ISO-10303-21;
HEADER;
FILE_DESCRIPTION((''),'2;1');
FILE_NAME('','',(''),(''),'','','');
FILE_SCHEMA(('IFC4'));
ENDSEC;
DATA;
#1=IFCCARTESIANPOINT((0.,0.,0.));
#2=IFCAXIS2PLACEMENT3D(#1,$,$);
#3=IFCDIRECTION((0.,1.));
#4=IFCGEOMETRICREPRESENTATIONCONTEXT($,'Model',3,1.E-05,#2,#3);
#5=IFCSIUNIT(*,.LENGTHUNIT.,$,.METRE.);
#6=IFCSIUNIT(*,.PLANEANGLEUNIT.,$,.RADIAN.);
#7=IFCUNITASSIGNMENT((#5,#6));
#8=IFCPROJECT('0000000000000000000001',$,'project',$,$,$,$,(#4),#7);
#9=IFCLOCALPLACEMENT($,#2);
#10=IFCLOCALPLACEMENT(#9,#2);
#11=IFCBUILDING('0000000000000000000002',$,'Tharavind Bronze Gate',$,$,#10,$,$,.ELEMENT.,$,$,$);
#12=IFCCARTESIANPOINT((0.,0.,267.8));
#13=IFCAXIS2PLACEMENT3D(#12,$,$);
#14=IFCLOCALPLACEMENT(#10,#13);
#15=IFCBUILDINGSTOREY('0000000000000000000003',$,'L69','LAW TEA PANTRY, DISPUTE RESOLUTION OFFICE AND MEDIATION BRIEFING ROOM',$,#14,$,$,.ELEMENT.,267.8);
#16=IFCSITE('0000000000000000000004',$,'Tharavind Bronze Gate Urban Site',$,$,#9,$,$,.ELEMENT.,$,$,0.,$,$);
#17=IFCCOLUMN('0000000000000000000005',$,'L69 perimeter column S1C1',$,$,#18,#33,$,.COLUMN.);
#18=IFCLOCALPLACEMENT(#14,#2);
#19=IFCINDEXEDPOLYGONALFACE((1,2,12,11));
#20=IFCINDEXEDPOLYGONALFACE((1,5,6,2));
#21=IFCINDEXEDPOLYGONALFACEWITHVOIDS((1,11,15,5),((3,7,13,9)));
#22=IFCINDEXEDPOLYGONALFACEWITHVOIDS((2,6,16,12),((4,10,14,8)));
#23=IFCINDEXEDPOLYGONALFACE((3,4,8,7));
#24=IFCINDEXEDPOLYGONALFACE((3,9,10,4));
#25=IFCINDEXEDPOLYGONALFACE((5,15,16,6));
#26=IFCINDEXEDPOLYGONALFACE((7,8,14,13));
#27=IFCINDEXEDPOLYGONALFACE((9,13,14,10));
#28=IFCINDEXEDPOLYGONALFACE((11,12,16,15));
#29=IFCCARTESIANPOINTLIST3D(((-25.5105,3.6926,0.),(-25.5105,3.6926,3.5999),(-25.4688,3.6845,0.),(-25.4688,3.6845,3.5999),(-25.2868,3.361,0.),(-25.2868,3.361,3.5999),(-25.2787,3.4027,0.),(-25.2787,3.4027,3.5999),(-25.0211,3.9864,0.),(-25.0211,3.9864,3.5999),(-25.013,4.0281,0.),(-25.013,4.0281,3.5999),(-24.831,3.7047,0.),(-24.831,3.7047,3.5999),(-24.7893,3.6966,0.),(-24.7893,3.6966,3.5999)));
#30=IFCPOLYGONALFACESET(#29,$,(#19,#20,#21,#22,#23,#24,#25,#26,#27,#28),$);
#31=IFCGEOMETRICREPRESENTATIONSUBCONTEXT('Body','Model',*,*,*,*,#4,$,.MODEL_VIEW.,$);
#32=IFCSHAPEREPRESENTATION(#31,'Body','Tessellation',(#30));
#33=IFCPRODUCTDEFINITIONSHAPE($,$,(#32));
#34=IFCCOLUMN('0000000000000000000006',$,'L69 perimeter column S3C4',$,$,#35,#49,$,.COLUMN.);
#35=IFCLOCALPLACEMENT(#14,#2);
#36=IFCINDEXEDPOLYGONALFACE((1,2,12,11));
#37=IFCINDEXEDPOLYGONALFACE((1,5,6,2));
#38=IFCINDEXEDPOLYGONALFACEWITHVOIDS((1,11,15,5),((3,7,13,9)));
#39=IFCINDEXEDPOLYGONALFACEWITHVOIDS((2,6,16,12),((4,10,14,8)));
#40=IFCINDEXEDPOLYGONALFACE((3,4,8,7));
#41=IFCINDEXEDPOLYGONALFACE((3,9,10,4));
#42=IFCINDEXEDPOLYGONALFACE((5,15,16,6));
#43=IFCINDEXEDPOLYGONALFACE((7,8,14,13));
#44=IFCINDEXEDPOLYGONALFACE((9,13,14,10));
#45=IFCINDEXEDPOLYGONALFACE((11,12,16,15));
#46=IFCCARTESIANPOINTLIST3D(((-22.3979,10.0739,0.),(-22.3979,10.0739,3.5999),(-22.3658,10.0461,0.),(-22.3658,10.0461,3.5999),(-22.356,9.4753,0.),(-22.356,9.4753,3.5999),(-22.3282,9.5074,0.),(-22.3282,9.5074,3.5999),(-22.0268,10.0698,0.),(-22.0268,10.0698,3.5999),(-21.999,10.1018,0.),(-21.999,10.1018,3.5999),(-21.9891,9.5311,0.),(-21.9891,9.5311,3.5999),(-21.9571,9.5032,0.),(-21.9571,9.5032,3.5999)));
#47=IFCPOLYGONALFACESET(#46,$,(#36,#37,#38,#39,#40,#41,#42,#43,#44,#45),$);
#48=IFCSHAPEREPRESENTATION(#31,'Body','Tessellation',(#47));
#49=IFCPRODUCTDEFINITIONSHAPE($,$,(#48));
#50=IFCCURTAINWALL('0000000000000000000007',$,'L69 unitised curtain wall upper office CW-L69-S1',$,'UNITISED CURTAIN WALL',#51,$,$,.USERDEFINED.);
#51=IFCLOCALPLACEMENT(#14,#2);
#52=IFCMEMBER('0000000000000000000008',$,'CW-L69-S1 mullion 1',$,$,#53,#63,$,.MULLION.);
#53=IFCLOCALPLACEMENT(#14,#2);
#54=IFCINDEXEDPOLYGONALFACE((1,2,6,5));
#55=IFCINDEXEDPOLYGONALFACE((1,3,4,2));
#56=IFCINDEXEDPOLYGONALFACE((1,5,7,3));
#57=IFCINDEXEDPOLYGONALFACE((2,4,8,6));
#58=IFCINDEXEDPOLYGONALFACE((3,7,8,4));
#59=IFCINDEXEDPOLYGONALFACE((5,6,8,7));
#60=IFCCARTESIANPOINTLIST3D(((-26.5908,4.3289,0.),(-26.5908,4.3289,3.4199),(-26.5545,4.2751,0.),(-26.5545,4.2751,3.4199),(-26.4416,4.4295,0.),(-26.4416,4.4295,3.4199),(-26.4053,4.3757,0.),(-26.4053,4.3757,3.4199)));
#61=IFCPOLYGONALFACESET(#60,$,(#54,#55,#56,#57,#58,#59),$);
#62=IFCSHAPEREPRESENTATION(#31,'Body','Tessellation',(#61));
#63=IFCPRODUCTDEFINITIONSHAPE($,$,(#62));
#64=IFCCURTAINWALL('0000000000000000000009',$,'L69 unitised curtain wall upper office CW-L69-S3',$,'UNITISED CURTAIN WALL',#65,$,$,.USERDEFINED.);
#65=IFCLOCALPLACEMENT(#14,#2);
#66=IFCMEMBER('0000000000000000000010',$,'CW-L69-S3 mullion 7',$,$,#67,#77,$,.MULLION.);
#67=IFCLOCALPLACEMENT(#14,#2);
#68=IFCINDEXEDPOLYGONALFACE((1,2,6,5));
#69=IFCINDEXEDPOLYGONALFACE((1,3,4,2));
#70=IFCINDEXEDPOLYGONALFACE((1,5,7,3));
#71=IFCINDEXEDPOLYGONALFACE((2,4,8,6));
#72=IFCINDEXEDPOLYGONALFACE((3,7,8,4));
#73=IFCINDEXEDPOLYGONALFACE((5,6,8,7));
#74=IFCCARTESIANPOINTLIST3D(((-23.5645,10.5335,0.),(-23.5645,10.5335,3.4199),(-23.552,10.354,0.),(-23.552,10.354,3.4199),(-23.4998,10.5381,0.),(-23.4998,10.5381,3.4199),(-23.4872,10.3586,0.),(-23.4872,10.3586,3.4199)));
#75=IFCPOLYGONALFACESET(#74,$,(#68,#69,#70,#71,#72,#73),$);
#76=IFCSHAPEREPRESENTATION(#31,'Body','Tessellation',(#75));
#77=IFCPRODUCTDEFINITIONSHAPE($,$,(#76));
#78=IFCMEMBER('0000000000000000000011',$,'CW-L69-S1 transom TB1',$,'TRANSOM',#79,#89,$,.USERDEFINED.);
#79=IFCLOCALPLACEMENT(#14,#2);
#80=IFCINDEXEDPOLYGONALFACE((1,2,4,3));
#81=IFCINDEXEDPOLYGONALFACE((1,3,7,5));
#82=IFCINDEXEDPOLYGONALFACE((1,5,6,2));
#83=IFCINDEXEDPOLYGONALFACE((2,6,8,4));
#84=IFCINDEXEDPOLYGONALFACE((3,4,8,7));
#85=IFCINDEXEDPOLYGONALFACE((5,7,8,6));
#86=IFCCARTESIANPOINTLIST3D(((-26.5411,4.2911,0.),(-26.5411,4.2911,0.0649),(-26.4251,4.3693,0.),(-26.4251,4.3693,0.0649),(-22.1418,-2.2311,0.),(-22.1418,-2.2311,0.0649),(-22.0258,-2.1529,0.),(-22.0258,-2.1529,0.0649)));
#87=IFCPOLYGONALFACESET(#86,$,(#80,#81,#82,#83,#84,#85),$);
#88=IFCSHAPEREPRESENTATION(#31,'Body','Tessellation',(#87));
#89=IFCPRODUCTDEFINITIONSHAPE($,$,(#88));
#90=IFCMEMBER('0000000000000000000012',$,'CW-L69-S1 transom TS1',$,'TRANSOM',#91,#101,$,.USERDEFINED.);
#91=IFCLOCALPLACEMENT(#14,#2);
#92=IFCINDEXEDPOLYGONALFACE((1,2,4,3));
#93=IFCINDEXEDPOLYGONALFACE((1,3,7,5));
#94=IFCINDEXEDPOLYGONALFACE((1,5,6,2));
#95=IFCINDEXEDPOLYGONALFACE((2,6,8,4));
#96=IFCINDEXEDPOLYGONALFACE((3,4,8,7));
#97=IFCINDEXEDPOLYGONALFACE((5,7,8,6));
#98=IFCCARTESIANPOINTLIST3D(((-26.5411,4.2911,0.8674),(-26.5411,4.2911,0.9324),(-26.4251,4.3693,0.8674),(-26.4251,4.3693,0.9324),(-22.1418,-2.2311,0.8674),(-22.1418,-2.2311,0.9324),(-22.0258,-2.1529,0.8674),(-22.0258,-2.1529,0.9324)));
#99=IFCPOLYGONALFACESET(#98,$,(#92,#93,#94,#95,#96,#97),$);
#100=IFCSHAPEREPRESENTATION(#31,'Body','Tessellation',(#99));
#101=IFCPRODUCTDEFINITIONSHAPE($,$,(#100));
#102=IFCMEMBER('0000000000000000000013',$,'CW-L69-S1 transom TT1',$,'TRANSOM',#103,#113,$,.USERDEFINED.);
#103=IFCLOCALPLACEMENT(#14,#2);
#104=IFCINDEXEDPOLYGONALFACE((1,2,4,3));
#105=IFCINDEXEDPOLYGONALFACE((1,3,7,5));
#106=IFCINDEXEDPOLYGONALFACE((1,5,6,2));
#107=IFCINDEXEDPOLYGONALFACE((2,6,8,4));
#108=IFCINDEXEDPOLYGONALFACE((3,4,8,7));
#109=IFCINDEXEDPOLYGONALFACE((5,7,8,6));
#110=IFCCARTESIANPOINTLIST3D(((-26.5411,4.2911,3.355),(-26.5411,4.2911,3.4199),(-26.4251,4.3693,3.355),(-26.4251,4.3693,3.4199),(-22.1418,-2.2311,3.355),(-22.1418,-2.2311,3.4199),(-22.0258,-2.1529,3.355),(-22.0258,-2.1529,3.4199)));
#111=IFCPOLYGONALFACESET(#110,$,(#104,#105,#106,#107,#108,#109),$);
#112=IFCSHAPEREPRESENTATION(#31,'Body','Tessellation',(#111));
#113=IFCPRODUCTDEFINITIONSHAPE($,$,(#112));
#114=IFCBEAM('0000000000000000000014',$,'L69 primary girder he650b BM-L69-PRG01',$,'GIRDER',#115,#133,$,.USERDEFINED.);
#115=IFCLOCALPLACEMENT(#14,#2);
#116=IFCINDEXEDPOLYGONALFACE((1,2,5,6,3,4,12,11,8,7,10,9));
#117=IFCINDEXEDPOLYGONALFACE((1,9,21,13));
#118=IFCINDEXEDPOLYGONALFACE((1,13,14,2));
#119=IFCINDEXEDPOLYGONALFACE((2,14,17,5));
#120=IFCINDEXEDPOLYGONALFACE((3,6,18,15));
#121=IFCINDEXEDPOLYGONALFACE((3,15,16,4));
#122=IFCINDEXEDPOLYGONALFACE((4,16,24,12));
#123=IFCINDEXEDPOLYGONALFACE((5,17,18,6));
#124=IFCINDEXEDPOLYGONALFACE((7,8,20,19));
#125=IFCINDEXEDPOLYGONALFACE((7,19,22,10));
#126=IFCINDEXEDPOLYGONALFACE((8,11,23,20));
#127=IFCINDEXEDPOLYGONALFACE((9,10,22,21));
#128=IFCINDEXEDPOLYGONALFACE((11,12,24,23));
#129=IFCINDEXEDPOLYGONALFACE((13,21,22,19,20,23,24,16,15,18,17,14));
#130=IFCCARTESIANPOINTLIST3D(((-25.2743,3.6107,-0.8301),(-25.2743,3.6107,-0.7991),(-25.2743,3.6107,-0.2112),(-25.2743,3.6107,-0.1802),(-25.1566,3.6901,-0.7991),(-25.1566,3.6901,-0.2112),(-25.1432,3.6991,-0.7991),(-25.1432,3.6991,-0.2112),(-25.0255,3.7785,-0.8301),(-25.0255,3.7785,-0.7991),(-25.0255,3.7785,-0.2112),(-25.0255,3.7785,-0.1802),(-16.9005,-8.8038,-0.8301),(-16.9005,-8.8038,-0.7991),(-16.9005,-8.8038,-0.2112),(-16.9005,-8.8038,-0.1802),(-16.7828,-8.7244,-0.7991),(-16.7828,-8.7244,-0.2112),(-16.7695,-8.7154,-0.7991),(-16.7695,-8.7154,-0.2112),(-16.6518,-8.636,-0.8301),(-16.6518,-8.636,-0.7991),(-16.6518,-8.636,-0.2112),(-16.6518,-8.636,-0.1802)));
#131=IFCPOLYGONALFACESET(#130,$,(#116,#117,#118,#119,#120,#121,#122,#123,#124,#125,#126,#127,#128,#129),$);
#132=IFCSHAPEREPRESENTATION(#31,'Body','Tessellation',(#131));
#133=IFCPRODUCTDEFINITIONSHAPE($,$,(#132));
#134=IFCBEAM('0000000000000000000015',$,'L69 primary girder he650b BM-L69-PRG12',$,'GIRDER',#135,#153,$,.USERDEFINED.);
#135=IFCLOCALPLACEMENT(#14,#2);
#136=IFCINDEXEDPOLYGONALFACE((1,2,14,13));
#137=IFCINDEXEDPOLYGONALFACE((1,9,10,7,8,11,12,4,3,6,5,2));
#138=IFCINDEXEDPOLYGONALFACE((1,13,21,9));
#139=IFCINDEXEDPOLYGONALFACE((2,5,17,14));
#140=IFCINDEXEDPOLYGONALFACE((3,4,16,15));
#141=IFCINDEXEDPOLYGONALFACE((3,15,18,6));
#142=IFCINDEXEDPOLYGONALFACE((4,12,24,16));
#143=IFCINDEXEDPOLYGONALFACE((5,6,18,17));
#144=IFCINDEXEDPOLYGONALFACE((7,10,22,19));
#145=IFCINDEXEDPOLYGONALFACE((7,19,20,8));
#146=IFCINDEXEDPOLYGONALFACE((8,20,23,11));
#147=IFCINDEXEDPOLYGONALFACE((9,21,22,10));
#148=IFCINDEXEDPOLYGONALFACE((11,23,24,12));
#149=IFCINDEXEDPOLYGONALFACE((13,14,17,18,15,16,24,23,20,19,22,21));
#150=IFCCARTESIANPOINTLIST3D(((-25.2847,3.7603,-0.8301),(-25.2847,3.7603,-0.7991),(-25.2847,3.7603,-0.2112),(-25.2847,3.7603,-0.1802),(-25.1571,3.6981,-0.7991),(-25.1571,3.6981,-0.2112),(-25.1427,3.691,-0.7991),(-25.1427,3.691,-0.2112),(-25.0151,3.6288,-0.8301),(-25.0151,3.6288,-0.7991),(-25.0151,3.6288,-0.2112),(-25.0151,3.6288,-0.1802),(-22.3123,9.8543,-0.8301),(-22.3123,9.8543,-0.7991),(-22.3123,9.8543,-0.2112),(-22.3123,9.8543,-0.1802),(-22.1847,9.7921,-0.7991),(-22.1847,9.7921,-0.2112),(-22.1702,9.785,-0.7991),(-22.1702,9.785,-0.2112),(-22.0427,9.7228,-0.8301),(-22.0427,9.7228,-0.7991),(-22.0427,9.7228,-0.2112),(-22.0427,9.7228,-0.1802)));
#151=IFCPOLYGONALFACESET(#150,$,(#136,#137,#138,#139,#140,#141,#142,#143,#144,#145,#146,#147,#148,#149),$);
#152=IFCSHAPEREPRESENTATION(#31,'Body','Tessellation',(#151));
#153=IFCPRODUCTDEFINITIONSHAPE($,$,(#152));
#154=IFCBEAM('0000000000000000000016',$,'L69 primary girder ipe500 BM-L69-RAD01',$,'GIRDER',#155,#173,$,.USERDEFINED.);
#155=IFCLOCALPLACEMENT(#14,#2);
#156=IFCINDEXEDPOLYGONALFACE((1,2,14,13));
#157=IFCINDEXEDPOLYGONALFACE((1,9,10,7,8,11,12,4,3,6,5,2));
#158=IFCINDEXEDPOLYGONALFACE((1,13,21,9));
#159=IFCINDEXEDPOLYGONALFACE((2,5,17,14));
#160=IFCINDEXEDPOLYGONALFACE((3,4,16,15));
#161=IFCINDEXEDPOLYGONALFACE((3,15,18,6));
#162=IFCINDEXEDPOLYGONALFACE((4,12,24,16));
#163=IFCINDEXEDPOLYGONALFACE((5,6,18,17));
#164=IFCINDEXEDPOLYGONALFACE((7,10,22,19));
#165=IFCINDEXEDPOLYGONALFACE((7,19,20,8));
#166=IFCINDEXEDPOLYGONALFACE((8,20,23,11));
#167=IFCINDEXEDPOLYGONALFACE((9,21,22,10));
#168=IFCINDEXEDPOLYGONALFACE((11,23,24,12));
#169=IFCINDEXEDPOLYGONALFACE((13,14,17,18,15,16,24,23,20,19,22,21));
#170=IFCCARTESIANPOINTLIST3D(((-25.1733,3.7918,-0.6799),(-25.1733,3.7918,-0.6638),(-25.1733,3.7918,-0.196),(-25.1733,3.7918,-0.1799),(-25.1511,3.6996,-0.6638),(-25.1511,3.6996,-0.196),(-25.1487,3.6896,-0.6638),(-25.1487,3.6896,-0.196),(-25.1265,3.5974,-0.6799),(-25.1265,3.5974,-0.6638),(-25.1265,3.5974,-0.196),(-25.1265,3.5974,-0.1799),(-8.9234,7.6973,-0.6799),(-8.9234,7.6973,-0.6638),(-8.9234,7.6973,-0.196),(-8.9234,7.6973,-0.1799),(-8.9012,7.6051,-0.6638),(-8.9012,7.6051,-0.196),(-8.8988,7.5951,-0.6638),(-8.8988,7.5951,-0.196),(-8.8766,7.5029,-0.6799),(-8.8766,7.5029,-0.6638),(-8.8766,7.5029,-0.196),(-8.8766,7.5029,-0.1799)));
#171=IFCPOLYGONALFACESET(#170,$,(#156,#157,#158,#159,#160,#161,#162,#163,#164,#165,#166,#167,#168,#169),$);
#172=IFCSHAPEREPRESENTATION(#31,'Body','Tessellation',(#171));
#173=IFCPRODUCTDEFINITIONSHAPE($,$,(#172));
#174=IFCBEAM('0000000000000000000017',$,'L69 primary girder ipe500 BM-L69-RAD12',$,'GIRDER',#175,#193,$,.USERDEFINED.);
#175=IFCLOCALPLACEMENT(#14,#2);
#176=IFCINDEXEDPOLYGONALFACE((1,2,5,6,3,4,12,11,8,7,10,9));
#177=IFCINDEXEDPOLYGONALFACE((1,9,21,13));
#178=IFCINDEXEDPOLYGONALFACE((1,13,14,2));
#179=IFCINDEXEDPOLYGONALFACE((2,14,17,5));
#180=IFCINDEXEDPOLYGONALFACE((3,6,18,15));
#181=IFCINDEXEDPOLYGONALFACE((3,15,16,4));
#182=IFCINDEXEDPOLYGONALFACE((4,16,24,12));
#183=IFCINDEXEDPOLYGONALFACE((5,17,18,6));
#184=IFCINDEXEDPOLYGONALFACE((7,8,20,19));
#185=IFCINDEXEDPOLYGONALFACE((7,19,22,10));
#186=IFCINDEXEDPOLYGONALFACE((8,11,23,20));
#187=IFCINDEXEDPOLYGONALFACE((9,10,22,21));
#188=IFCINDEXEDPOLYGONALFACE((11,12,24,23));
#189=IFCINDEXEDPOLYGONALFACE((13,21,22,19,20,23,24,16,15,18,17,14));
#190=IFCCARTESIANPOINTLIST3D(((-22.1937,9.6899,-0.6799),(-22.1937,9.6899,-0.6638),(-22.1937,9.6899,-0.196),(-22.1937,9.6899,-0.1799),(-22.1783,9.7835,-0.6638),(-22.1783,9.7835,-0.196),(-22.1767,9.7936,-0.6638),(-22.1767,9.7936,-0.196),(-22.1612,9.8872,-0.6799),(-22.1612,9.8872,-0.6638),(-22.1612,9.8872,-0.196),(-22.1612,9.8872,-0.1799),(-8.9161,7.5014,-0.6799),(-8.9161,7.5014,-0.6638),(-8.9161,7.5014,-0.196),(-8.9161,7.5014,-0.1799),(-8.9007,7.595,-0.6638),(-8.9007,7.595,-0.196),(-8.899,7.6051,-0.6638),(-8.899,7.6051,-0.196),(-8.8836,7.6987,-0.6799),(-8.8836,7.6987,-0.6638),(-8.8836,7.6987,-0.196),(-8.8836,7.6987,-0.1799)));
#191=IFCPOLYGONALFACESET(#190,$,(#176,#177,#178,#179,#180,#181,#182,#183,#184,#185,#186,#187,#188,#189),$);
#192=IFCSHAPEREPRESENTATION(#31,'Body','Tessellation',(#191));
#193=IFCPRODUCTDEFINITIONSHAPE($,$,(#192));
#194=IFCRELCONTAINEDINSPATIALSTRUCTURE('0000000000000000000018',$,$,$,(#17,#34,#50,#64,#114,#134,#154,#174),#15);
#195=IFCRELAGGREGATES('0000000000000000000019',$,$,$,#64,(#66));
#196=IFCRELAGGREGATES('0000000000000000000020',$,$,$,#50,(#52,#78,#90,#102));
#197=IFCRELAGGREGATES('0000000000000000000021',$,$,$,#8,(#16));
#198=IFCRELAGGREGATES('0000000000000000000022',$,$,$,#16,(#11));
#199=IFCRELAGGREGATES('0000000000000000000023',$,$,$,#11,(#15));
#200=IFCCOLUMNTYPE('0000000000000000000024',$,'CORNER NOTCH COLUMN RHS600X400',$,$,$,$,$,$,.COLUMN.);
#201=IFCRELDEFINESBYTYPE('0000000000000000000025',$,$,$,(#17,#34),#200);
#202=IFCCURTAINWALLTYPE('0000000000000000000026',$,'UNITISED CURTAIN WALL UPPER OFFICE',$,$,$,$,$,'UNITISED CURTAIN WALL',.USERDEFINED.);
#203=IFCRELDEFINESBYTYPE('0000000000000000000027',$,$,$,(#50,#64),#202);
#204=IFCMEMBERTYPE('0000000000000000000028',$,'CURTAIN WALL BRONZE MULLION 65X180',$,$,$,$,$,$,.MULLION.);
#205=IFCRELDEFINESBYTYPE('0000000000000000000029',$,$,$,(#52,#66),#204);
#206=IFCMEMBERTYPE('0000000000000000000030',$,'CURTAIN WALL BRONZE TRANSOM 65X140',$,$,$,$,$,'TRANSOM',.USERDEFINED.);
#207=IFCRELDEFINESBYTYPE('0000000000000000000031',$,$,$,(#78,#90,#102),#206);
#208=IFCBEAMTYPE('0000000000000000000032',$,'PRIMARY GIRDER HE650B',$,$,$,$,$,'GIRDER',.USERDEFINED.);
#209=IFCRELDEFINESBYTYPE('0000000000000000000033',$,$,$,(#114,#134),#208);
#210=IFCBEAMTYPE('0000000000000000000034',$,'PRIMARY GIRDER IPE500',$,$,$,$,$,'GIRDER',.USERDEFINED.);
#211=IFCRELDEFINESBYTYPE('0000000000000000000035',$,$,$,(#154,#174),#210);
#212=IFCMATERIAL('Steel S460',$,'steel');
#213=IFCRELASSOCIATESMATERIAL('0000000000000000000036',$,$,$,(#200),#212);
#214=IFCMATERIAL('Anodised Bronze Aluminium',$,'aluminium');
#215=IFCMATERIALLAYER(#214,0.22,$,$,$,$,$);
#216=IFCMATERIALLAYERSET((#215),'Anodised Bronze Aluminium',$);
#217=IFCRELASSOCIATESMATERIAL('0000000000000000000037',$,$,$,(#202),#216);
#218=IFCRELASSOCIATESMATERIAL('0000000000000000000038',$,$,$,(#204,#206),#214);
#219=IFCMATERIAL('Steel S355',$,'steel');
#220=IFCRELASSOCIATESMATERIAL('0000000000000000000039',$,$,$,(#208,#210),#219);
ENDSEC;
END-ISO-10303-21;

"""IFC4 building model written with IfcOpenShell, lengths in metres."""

from ifc_helpers import new_model, si_unit, direction, frame, origin, origin_2d, place, context, subcontext, project, spatial, rectangle, hollow_rectangle, i_section, extrude, material, layer, layer_set, material_profile, profile_set, type_object, element, aggregate, save


model = new_model("IFC4")

# Units and contexts
model_context = context("Model", 3, precision=1e-05, world=origin(), true_north=direction((0.0, 1.0)))
body_context = subcontext(model_context, "Body", "Model", "MODEL_VIEW")
ifc_project = project(units=[si_unit("LENGTHUNIT", "METRE"), si_unit("PLANEANGLEUNIT", "RADIAN")], contexts=[model_context])

# Site, building, storey
site_placement = place(None, origin())
site = spatial("IfcSite", under=ifc_project, at=site_placement, Name="Tharavind Bronze Gate Urban Site", CompositionType="ELEMENT", RefElevation=0.0)
building_placement = place(site_placement, origin())
building = spatial("IfcBuilding", under=site, at=building_placement, Name="Tharavind Bronze Gate", CompositionType="ELEMENT")
storey_placement = place(building_placement, frame((0.0, 0.0, 267.8)))
storey = spatial("IfcBuildingStorey", under=building, at=storey_placement, Name="L69", Description="LAW TEA PANTRY, DISPUTE RESOLUTION OFFICE AND MEDIATION BRIEFING ROOM", CompositionType="ELEMENT", Elevation=267.8)

# Columns
ifc_material_1 = material(Name="Steel S460", Category="steel")
ifc_material_profile_1 = material_profile(ifc_material_1, hollow_rectangle(XDim=0.3999, YDim=0.6001, WallThickness=0.03, at=origin_2d()), Name="RHS600X400X30")
ifc_profile_set_1 = profile_set([ifc_material_profile_1], Name="Steel S460")
column_type = type_object("IfcColumnType", Name="CORNER NOTCH COLUMN RHS600X400", PredefinedType="COLUMN", material=ifc_profile_set_1)
for number, where, z_axis, x_axis, name in (
    (1, (-25.1499, 3.6946, 0.0), (0.0, 0.0, 1.0), (-0.559193, 0.829038, 0.0), "L69 perimeter column S1C1"),
    (2, (-22.1775, 9.7886, 0.0), (0.0, 0.0, 1.0), (0.997564, 0.069758, 0.0), "L69 perimeter column S3C4"),
):
    element("IfcColumn", number, at=place(storey_placement, frame(where, z_axis=z_axis, x_axis=x_axis)), inside=storey, type_object=column_type, Name=name, PredefinedType="COLUMN", context=body_context, shape_type="SweptSolid", body=[
        extrude(hollow_rectangle(XDim=0.3999, YDim=0.6001, WallThickness=0.03, at=origin_2d()), origin(), (0.0, 0.0, 1.0), 3.5999),
    ])

# Curtain walls, members
ifc_material_2 = material(Name="Anodised Bronze Aluminium", Category="aluminium")
ifc_layer_1 = layer(ifc_material_2, 0.22)
ifc_layer_set_1 = layer_set([ifc_layer_1], Name="Anodised Bronze Aluminium")
curtain_wall_type = type_object("IfcCurtainWallType", Name="UNITISED CURTAIN WALL UPPER OFFICE", ElementType="UNITISED CURTAIN WALL", PredefinedType="USERDEFINED", material=ifc_layer_set_1)
curtain_wall_1_placement = place(storey_placement, origin())
curtain_wall_1 = element("IfcCurtainWall", 3, at=curtain_wall_1_placement, inside=storey, type_object=curtain_wall_type, Name="L69 unitised curtain wall upper office CW-L69-S1", ObjectType="UNITISED CURTAIN WALL", PredefinedType="USERDEFINED")
member_type_1 = type_object("IfcMemberType", Name="CURTAIN WALL BRONZE MULLION 65X180", PredefinedType="MULLION", material=ifc_material_2)
member_1_placement = place(storey_placement, frame((-26.498, 4.3523, 0.0), z_axis=(0.0, 0.0, 1.0), x_axis=(0.559191, -0.829039, 0.0)))
member_1 = element("IfcMember", 4, at=member_1_placement, type_object=member_type_1, Name="CW-L69-S1 mullion 1", PredefinedType="MULLION", context=body_context, shape_type="SweptSolid", body=[
    extrude(rectangle(XDim=0.0649, YDim=0.1799, at=origin_2d()), origin(), (0.0, 0.0, 1.0), 3.4199),
])
curtain_wall_2_placement = place(storey_placement, origin())
curtain_wall_2 = element("IfcCurtainWall", 5, at=curtain_wall_2_placement, inside=storey, type_object=curtain_wall_type, Name="L69 unitised curtain wall upper office CW-L69-S3", ObjectType="UNITISED CURTAIN WALL", PredefinedType="USERDEFINED")
member_2_placement = place(storey_placement, frame((-23.5259, 10.446, 0.0), z_axis=(0.0, 0.0, 1.0), x_axis=(-0.997564, -0.06976, 0.0)))
member_2 = element("IfcMember", 6, at=member_2_placement, type_object=member_type_1, Name="CW-L69-S3 mullion 7", PredefinedType="MULLION", context=body_context, shape_type="SweptSolid", body=[
    extrude(rectangle(XDim=0.0649, YDim=0.1799, at=origin_2d()), origin(), (0.0, 0.0, 1.0), 3.4199),
])
aggregate(curtain_wall_2, [member_2])

# Members
member_type_2 = type_object("IfcMemberType", Name="CURTAIN WALL BRONZE TRANSOM 65X140", ElementType="TRANSOM", PredefinedType="USERDEFINED", material=ifc_material_2)
member_3_placement = place(storey_placement, frame((-24.2834, 1.0691, 0.0), z_axis=(0.0, 0.0, 1.0), x_axis=(0.559191, -0.829039, 0.0)))
member_3 = element("IfcMember", 7, at=member_3_placement, type_object=member_type_2, Name="CW-L69-S1 transom TB1", ObjectType="TRANSOM", PredefinedType="USERDEFINED", context=body_context, shape_type="SweptSolid", body=[
    extrude(rectangle(XDim=7.8672, YDim=0.1399, at=origin_2d()), origin(), (0.0, 0.0, 1.0), 0.0649),
])
member_4_placement = place(storey_placement, frame((-24.2834, 1.0691, 0.8674), z_axis=(0.0, 0.0, 1.0), x_axis=(0.559191, -0.829039, 0.0)))
member_4 = element("IfcMember", 8, at=member_4_placement, type_object=member_type_2, Name="CW-L69-S1 transom TS1", ObjectType="TRANSOM", PredefinedType="USERDEFINED", context=body_context, shape_type="SweptSolid", body=[
    extrude(rectangle(XDim=7.8672, YDim=0.1399, at=origin_2d()), origin(), (0.0, 0.0, 1.0), 0.0649),
])
member_5_placement = place(storey_placement, frame((-24.2834, 1.0691, 3.355), z_axis=(0.0, 0.0, 1.0), x_axis=(0.559191, -0.829039, 0.0)))
member_5 = element("IfcMember", 9, at=member_5_placement, type_object=member_type_2, Name="CW-L69-S1 transom TT1", ObjectType="TRANSOM", PredefinedType="USERDEFINED", context=body_context, shape_type="SweptSolid", body=[
    extrude(rectangle(XDim=7.8672, YDim=0.1399, at=origin_2d()), origin(), (0.0, 0.0, 1.0), 0.0649),
])

# Beams
ifc_material_3 = material(Name="Steel S355", Category="steel")
ifc_material_profile_2 = material_profile(ifc_material_3, i_section(OverallWidth=0.3, OverallDepth=0.6499, WebThickness=0.0161, FlangeThickness=0.031, at=origin_2d()), Name="HE650B")
ifc_profile_set_2 = profile_set([ifc_material_profile_2], Name="Steel S355")
beam_type_1 = type_object("IfcBeamType", Name="PRIMARY GIRDER HE650B", ElementType="GIRDER", PredefinedType="USERDEFINED", material=ifc_profile_set_2)
beam_1_placement = place(storey_placement, frame((-25.1499, 3.6946, -0.5051), z_axis=(0.559196, -0.829036, 0.0), x_axis=(0.829036, 0.559196, 0.0)))
element("IfcBeam", 10, at=beam_1_placement, inside=storey, type_object=beam_type_1, Name="L69 primary girder he650b BM-L69-PRG01", ObjectType="GIRDER", PredefinedType="USERDEFINED", context=body_context, shape_type="SweptSolid", body=[
    extrude(i_section(OverallWidth=0.3, OverallDepth=0.6499, WebThickness=0.0161, FlangeThickness=0.031, at=origin_2d()), origin(), (0.0, 0.0, 1.0), 14.9746),
])
beam_2_placement = place(storey_placement, frame((-22.1775, 9.7886, -0.5051), z_axis=(-0.438392, -0.898784, 0.0), x_axis=(0.898784, -0.438392, 0.0)))
element("IfcBeam", 11, at=beam_2_placement, inside=storey, type_object=beam_type_1, Name="L69 primary girder he650b BM-L69-PRG12", ObjectType="GIRDER", PredefinedType="USERDEFINED", context=body_context, shape_type="SweptSolid", body=[
    extrude(i_section(OverallWidth=0.3, OverallDepth=0.6499, WebThickness=0.0161, FlangeThickness=0.031, at=origin_2d()), origin(), (0.0, 0.0, 1.0), 6.7803),
])
ifc_material_profile_3 = material_profile(ifc_material_3, i_section(OverallWidth=0.2, OverallDepth=0.5, WebThickness=0.0103, FlangeThickness=0.0161, at=origin_2d()), Name="IPE500")
ifc_profile_set_3 = profile_set([ifc_material_profile_3], Name="Steel S355")
beam_type_2 = type_object("IfcBeamType", Name="PRIMARY GIRDER IPE500", ElementType="GIRDER", PredefinedType="USERDEFINED", material=ifc_profile_set_3)
beam_3_placement = place(storey_placement, frame((-25.1499, 3.6946, -0.4299), z_axis=(0.972312, 0.233685, 0.0), x_axis=(-0.233685, 0.972312, 0.0)))
element("IfcBeam", 12, at=beam_3_placement, inside=storey, type_object=beam_type_2, Name="L69 primary girder ipe500 BM-L69-RAD01", ObjectType="GIRDER", PredefinedType="USERDEFINED", context=body_context, shape_type="SweptSolid", body=[
    extrude(i_section(OverallWidth=0.2, OverallDepth=0.5, WebThickness=0.0103, FlangeThickness=0.0161, at=origin_2d()), origin(), (0.0, 0.0, 1.0), 16.7126),
])
beam_4_placement = place(storey_placement, frame((-22.1775, 9.7886, -0.4299), z_axis=(0.986687, -0.162631, 0.0), x_axis=(0.162631, 0.986687, 0.0)))
element("IfcBeam", 13, at=beam_4_placement, inside=storey, type_object=beam_type_2, Name="L69 primary girder ipe500 BM-L69-RAD12", ObjectType="GIRDER", PredefinedType="USERDEFINED", context=body_context, shape_type="SweptSolid", body=[
    extrude(i_section(OverallWidth=0.2, OverallDepth=0.5, WebThickness=0.0103, FlangeThickness=0.0161, at=origin_2d()), origin(), (0.0, 0.0, 1.0), 13.4568),
])

aggregate(curtain_wall_1, [member_1, member_3, member_4, member_5])

save(model, "model.ifc")
